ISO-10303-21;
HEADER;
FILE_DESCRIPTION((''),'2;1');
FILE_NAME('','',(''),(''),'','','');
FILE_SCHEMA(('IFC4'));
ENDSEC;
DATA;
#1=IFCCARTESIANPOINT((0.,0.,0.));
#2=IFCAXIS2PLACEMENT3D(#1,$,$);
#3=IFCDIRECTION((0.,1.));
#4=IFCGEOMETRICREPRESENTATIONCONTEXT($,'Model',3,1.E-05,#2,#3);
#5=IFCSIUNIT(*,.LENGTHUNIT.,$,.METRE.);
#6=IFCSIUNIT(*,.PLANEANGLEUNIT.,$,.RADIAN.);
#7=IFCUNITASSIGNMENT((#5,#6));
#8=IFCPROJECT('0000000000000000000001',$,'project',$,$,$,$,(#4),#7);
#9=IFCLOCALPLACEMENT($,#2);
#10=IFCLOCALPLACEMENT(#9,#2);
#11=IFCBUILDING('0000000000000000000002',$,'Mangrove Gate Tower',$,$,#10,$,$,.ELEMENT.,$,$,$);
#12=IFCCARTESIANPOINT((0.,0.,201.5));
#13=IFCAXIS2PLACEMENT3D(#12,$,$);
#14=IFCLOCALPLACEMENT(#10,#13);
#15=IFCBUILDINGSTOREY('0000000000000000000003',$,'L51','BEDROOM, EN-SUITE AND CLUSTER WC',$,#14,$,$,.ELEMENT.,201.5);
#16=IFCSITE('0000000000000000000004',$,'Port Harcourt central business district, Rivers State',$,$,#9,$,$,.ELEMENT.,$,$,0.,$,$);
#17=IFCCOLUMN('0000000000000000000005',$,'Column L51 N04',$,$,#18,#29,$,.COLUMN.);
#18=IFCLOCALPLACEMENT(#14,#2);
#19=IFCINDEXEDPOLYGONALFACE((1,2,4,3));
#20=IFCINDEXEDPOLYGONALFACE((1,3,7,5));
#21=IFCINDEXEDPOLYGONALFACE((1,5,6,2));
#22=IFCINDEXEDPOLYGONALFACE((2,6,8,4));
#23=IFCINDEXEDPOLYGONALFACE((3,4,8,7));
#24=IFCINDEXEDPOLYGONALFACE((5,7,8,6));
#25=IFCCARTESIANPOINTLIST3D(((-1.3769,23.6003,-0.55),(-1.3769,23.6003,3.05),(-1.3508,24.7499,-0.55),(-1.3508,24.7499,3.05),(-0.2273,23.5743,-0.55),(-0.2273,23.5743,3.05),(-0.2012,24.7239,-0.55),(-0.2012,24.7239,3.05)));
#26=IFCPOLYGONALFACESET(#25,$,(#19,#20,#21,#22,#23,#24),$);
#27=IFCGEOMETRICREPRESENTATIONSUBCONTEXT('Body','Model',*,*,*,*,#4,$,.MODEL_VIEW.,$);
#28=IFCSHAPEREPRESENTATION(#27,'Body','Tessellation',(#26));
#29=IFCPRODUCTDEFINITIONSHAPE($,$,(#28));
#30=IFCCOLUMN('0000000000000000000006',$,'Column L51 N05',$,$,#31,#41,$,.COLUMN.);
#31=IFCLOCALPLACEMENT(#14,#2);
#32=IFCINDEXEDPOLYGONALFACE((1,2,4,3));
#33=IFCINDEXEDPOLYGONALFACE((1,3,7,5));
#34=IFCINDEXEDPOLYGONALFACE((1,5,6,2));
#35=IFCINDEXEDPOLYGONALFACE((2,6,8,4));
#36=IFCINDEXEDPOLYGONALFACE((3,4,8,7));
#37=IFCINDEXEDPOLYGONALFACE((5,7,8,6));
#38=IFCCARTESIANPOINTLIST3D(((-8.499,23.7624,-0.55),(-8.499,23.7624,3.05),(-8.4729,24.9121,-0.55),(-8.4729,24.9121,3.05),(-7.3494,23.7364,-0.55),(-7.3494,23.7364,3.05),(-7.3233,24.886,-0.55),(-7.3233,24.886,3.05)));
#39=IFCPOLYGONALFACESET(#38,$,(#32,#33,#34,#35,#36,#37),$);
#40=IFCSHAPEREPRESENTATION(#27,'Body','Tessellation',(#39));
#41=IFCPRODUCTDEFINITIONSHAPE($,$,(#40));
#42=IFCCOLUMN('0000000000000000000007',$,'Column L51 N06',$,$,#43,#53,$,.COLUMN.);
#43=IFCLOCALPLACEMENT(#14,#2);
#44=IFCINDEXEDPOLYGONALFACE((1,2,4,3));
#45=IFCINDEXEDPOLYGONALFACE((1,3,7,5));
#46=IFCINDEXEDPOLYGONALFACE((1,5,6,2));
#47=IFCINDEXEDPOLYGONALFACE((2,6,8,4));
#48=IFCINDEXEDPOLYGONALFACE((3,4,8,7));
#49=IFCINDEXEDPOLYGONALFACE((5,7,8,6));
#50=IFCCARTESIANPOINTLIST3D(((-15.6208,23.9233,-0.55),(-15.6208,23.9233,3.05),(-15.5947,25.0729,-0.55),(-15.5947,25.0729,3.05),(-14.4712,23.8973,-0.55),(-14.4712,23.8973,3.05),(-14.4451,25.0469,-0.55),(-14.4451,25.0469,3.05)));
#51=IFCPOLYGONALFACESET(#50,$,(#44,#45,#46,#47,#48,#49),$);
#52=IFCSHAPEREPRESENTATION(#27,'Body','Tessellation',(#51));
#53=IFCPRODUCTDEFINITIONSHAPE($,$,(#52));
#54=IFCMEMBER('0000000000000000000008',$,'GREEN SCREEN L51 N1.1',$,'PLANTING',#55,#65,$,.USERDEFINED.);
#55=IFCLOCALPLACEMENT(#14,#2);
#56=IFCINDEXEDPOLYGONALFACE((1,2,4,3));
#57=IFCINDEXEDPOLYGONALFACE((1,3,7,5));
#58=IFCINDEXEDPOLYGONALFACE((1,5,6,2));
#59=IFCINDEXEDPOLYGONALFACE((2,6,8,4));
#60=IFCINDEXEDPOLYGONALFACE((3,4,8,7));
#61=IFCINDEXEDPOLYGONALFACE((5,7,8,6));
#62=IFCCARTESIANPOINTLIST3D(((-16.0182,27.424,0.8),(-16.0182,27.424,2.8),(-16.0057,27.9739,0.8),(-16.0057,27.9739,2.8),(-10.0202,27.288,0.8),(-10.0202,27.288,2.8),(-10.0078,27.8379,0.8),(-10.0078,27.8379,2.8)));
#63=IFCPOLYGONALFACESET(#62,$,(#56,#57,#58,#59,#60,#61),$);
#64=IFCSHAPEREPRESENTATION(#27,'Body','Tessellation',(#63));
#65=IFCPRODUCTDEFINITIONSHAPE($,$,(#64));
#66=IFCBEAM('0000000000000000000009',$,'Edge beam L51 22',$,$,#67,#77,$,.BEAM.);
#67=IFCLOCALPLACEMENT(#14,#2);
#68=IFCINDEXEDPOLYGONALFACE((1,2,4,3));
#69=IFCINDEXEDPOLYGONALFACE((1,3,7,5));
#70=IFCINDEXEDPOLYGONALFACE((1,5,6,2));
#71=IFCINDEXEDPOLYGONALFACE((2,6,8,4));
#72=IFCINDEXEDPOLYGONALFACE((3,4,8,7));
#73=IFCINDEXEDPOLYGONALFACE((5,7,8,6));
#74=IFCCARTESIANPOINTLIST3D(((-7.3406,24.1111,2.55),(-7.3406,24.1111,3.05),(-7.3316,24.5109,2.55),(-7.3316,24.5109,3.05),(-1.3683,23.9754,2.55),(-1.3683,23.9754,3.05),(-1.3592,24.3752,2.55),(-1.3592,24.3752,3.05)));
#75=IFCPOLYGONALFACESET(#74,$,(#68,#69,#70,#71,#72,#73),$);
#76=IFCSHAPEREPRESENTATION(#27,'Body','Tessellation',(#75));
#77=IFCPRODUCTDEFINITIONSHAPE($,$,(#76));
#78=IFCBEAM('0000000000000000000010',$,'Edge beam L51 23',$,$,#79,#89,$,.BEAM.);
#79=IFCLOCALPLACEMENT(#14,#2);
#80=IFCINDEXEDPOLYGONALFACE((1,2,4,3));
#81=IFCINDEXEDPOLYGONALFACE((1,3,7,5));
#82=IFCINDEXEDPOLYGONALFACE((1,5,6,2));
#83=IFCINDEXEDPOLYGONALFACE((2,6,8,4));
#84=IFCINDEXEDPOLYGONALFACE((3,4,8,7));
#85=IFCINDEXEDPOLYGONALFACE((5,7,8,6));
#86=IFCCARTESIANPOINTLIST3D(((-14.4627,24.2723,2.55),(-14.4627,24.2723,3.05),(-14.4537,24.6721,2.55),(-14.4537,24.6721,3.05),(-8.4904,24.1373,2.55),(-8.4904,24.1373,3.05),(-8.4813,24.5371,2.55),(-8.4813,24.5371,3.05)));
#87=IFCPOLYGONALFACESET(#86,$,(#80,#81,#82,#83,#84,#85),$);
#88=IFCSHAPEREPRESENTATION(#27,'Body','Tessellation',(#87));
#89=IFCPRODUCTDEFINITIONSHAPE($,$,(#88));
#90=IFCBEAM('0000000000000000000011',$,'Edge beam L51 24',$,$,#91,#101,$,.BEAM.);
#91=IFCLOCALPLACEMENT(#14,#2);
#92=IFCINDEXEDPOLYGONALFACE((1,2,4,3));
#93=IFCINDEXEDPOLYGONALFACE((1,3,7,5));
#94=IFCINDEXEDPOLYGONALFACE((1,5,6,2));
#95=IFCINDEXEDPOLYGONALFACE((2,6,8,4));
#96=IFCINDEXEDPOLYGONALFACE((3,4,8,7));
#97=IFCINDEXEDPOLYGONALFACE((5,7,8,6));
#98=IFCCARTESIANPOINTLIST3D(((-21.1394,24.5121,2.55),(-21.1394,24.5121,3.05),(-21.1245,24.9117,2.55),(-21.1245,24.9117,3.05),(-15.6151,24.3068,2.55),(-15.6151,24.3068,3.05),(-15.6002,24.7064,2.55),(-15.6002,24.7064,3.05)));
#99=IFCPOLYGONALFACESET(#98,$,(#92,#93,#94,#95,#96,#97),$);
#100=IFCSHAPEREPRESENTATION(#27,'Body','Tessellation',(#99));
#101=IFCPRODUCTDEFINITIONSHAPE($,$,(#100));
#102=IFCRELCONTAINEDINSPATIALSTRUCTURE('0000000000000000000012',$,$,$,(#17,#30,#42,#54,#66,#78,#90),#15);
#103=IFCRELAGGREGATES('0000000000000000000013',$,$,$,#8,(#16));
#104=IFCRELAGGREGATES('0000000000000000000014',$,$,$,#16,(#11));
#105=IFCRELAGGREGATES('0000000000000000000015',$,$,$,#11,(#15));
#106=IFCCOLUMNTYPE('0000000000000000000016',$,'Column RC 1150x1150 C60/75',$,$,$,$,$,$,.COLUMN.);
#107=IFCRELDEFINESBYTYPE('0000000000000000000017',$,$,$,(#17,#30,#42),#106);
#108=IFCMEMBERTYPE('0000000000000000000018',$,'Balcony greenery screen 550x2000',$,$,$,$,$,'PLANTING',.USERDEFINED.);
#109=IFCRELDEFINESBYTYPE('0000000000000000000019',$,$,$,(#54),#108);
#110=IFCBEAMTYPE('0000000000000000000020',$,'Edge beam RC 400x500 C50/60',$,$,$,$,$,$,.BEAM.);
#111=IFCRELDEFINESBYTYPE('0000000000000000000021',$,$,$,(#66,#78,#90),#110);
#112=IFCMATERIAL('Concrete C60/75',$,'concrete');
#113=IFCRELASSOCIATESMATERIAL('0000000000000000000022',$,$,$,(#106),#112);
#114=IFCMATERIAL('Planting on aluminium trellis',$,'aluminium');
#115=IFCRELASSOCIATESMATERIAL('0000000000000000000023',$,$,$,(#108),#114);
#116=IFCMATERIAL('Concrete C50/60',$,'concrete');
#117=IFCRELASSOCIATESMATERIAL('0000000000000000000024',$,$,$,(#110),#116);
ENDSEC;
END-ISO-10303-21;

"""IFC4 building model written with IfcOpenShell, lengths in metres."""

from ifc_helpers import new_model, si_unit, direction, frame, origin, origin_2d, place, context, subcontext, project, spatial, rectangle, extrude, material, material_profile, profile_set, type_object, element, save


model = new_model("IFC4")

# Units and contexts
model_context = context("Model", 3, precision=1e-05, world=origin(), true_north=direction((0.0, 1.0)))
body_context = subcontext(model_context, "Body", "Model", "MODEL_VIEW")
ifc_project = project(units=[si_unit("LENGTHUNIT", "METRE"), si_unit("PLANEANGLEUNIT", "RADIAN")], contexts=[model_context])

# Site, building, storey
site_placement = place(None, origin())
site = spatial("IfcSite", under=ifc_project, at=site_placement, Name="Port Harcourt central business district, Rivers State", CompositionType="ELEMENT", RefElevation=0.0)
building_placement = place(site_placement, origin())
building = spatial("IfcBuilding", under=site, at=building_placement, Name="Mangrove Gate Tower", CompositionType="ELEMENT")
storey_placement = place(building_placement, frame((0.0, 0.0, 201.5)))
storey = spatial("IfcBuildingStorey", under=building, at=storey_placement, Name="L51", Description="BEDROOM, EN-SUITE AND CLUSTER WC", CompositionType="ELEMENT", Elevation=201.5)

# Columns
ifc_material_1 = material(Name="Concrete C60/75", Category="concrete")
ifc_material_profile_1 = material_profile(ifc_material_1, rectangle(XDim=1.1499, YDim=1.1499, at=origin_2d()))
ifc_profile_set_1 = profile_set([ifc_material_profile_1], Name="Concrete C60/75")
column_type = type_object("IfcColumnType", Name="Column RC 1150x1150 C60/75", PredefinedType="COLUMN", material=ifc_profile_set_1)
for number, where, z_axis, x_axis, name in (
    (1, (-0.7891, 24.1621, -0.55), (0.0, 0.0, 1.0), (-0.999743, 0.02267, 0.0), "Column L51 N04"),
    (2, (-7.9111, 24.3242, -0.55), (0.0, 0.0, 1.0), (-0.999743, 0.02267, 0.0), "Column L51 N05"),
    (3, (-15.033, 24.4851, -0.55), (0.0, 0.0, 1.0), (-0.999743, 0.02267, 0.0), "Column L51 N06"),
):
    element("IfcColumn", number, at=place(storey_placement, frame(where, z_axis=z_axis, x_axis=x_axis)), inside=storey, type_object=column_type, Name=name, PredefinedType="COLUMN", context=body_context, shape_type="SweptSolid", body=[
        extrude(rectangle(XDim=1.1499, YDim=1.1499, at=origin_2d()), origin(), (0.0, 0.0, 1.0), 3.6001),
    ])

# Member
ifc_material_2 = material(Name="Planting on aluminium trellis", Category="aluminium")
ifc_material_profile_2 = material_profile(ifc_material_2, rectangle(XDim=0.55, YDim=2.0, at=origin_2d()))
ifc_profile_set_2 = profile_set([ifc_material_profile_2], Name="Planting on aluminium trellis")
member_type = type_object("IfcMemberType", Name="Balcony greenery screen 550x2000", ElementType="PLANTING", PredefinedType="USERDEFINED", material=ifc_profile_set_2)
member_placement = place(storey_placement, frame((-16.012, 27.699, 1.8), z_axis=(0.999743, -0.022666, 0.0), x_axis=(0.022666, 0.999743, 0.0)))
element("IfcMember", 4, at=member_placement, inside=storey, type_object=member_type, Name="GREEN SCREEN L51 N1.1", ObjectType="PLANTING", PredefinedType="USERDEFINED", context=body_context, shape_type="SweptSolid", body=[
    extrude(rectangle(XDim=0.55, YDim=2.0, at=origin_2d()), origin(), (0.0, 0.0, 1.0), 5.9995),
])

# Beams
ifc_material_3 = material(Name="Concrete C50/60", Category="concrete")
ifc_material_profile_3 = material_profile(ifc_material_3, rectangle(XDim=0.3999, YDim=0.5, at=origin_2d()))
ifc_profile_set_3 = profile_set([ifc_material_profile_3], Name="Concrete C50/60")
beam_type = type_object("IfcBeamType", Name="Edge beam RC 400x500 C50/60", PredefinedType="BEAM", material=ifc_profile_set_3)
for number, where, z_axis, x_axis, name in (
    (5, (-1.3638, 24.1753, 2.8), (-0.999742, 0.022722, 0.0), (-0.022722, -0.999742, 0.0), "Edge beam L51 22"),
    (6, (-8.4858, 24.3372, 2.8), (-0.999745, 0.0226, 0.0), (-0.0226, -0.999745, 0.0), "Edge beam L51 23"),
):
    element("IfcBeam", number, at=place(storey_placement, frame(where, z_axis=z_axis, x_axis=x_axis)), inside=storey, type_object=beam_type, Name=name, PredefinedType="BEAM", context=body_context, shape_type="SweptSolid", body=[
        extrude(rectangle(XDim=0.3999, YDim=0.5, at=origin_2d()), origin(), (0.0, 0.0, 1.0), 5.9739),
    ])
beam_placement = place(storey_placement, frame((-15.6077, 24.5066, 2.8), z_axis=(-0.99931, 0.037142, 0.0), x_axis=(-0.037142, -0.99931, 0.0)))
element("IfcBeam", 7, at=beam_placement, inside=storey, type_object=beam_type, Name="Edge beam L51 24", PredefinedType="BEAM", context=body_context, shape_type="SweptSolid", body=[
    extrude(rectangle(XDim=0.3999, YDim=0.5, at=origin_2d()), origin(), (0.0, 0.0, 1.0), 5.5281),
])

save(model, "model.ifc")
